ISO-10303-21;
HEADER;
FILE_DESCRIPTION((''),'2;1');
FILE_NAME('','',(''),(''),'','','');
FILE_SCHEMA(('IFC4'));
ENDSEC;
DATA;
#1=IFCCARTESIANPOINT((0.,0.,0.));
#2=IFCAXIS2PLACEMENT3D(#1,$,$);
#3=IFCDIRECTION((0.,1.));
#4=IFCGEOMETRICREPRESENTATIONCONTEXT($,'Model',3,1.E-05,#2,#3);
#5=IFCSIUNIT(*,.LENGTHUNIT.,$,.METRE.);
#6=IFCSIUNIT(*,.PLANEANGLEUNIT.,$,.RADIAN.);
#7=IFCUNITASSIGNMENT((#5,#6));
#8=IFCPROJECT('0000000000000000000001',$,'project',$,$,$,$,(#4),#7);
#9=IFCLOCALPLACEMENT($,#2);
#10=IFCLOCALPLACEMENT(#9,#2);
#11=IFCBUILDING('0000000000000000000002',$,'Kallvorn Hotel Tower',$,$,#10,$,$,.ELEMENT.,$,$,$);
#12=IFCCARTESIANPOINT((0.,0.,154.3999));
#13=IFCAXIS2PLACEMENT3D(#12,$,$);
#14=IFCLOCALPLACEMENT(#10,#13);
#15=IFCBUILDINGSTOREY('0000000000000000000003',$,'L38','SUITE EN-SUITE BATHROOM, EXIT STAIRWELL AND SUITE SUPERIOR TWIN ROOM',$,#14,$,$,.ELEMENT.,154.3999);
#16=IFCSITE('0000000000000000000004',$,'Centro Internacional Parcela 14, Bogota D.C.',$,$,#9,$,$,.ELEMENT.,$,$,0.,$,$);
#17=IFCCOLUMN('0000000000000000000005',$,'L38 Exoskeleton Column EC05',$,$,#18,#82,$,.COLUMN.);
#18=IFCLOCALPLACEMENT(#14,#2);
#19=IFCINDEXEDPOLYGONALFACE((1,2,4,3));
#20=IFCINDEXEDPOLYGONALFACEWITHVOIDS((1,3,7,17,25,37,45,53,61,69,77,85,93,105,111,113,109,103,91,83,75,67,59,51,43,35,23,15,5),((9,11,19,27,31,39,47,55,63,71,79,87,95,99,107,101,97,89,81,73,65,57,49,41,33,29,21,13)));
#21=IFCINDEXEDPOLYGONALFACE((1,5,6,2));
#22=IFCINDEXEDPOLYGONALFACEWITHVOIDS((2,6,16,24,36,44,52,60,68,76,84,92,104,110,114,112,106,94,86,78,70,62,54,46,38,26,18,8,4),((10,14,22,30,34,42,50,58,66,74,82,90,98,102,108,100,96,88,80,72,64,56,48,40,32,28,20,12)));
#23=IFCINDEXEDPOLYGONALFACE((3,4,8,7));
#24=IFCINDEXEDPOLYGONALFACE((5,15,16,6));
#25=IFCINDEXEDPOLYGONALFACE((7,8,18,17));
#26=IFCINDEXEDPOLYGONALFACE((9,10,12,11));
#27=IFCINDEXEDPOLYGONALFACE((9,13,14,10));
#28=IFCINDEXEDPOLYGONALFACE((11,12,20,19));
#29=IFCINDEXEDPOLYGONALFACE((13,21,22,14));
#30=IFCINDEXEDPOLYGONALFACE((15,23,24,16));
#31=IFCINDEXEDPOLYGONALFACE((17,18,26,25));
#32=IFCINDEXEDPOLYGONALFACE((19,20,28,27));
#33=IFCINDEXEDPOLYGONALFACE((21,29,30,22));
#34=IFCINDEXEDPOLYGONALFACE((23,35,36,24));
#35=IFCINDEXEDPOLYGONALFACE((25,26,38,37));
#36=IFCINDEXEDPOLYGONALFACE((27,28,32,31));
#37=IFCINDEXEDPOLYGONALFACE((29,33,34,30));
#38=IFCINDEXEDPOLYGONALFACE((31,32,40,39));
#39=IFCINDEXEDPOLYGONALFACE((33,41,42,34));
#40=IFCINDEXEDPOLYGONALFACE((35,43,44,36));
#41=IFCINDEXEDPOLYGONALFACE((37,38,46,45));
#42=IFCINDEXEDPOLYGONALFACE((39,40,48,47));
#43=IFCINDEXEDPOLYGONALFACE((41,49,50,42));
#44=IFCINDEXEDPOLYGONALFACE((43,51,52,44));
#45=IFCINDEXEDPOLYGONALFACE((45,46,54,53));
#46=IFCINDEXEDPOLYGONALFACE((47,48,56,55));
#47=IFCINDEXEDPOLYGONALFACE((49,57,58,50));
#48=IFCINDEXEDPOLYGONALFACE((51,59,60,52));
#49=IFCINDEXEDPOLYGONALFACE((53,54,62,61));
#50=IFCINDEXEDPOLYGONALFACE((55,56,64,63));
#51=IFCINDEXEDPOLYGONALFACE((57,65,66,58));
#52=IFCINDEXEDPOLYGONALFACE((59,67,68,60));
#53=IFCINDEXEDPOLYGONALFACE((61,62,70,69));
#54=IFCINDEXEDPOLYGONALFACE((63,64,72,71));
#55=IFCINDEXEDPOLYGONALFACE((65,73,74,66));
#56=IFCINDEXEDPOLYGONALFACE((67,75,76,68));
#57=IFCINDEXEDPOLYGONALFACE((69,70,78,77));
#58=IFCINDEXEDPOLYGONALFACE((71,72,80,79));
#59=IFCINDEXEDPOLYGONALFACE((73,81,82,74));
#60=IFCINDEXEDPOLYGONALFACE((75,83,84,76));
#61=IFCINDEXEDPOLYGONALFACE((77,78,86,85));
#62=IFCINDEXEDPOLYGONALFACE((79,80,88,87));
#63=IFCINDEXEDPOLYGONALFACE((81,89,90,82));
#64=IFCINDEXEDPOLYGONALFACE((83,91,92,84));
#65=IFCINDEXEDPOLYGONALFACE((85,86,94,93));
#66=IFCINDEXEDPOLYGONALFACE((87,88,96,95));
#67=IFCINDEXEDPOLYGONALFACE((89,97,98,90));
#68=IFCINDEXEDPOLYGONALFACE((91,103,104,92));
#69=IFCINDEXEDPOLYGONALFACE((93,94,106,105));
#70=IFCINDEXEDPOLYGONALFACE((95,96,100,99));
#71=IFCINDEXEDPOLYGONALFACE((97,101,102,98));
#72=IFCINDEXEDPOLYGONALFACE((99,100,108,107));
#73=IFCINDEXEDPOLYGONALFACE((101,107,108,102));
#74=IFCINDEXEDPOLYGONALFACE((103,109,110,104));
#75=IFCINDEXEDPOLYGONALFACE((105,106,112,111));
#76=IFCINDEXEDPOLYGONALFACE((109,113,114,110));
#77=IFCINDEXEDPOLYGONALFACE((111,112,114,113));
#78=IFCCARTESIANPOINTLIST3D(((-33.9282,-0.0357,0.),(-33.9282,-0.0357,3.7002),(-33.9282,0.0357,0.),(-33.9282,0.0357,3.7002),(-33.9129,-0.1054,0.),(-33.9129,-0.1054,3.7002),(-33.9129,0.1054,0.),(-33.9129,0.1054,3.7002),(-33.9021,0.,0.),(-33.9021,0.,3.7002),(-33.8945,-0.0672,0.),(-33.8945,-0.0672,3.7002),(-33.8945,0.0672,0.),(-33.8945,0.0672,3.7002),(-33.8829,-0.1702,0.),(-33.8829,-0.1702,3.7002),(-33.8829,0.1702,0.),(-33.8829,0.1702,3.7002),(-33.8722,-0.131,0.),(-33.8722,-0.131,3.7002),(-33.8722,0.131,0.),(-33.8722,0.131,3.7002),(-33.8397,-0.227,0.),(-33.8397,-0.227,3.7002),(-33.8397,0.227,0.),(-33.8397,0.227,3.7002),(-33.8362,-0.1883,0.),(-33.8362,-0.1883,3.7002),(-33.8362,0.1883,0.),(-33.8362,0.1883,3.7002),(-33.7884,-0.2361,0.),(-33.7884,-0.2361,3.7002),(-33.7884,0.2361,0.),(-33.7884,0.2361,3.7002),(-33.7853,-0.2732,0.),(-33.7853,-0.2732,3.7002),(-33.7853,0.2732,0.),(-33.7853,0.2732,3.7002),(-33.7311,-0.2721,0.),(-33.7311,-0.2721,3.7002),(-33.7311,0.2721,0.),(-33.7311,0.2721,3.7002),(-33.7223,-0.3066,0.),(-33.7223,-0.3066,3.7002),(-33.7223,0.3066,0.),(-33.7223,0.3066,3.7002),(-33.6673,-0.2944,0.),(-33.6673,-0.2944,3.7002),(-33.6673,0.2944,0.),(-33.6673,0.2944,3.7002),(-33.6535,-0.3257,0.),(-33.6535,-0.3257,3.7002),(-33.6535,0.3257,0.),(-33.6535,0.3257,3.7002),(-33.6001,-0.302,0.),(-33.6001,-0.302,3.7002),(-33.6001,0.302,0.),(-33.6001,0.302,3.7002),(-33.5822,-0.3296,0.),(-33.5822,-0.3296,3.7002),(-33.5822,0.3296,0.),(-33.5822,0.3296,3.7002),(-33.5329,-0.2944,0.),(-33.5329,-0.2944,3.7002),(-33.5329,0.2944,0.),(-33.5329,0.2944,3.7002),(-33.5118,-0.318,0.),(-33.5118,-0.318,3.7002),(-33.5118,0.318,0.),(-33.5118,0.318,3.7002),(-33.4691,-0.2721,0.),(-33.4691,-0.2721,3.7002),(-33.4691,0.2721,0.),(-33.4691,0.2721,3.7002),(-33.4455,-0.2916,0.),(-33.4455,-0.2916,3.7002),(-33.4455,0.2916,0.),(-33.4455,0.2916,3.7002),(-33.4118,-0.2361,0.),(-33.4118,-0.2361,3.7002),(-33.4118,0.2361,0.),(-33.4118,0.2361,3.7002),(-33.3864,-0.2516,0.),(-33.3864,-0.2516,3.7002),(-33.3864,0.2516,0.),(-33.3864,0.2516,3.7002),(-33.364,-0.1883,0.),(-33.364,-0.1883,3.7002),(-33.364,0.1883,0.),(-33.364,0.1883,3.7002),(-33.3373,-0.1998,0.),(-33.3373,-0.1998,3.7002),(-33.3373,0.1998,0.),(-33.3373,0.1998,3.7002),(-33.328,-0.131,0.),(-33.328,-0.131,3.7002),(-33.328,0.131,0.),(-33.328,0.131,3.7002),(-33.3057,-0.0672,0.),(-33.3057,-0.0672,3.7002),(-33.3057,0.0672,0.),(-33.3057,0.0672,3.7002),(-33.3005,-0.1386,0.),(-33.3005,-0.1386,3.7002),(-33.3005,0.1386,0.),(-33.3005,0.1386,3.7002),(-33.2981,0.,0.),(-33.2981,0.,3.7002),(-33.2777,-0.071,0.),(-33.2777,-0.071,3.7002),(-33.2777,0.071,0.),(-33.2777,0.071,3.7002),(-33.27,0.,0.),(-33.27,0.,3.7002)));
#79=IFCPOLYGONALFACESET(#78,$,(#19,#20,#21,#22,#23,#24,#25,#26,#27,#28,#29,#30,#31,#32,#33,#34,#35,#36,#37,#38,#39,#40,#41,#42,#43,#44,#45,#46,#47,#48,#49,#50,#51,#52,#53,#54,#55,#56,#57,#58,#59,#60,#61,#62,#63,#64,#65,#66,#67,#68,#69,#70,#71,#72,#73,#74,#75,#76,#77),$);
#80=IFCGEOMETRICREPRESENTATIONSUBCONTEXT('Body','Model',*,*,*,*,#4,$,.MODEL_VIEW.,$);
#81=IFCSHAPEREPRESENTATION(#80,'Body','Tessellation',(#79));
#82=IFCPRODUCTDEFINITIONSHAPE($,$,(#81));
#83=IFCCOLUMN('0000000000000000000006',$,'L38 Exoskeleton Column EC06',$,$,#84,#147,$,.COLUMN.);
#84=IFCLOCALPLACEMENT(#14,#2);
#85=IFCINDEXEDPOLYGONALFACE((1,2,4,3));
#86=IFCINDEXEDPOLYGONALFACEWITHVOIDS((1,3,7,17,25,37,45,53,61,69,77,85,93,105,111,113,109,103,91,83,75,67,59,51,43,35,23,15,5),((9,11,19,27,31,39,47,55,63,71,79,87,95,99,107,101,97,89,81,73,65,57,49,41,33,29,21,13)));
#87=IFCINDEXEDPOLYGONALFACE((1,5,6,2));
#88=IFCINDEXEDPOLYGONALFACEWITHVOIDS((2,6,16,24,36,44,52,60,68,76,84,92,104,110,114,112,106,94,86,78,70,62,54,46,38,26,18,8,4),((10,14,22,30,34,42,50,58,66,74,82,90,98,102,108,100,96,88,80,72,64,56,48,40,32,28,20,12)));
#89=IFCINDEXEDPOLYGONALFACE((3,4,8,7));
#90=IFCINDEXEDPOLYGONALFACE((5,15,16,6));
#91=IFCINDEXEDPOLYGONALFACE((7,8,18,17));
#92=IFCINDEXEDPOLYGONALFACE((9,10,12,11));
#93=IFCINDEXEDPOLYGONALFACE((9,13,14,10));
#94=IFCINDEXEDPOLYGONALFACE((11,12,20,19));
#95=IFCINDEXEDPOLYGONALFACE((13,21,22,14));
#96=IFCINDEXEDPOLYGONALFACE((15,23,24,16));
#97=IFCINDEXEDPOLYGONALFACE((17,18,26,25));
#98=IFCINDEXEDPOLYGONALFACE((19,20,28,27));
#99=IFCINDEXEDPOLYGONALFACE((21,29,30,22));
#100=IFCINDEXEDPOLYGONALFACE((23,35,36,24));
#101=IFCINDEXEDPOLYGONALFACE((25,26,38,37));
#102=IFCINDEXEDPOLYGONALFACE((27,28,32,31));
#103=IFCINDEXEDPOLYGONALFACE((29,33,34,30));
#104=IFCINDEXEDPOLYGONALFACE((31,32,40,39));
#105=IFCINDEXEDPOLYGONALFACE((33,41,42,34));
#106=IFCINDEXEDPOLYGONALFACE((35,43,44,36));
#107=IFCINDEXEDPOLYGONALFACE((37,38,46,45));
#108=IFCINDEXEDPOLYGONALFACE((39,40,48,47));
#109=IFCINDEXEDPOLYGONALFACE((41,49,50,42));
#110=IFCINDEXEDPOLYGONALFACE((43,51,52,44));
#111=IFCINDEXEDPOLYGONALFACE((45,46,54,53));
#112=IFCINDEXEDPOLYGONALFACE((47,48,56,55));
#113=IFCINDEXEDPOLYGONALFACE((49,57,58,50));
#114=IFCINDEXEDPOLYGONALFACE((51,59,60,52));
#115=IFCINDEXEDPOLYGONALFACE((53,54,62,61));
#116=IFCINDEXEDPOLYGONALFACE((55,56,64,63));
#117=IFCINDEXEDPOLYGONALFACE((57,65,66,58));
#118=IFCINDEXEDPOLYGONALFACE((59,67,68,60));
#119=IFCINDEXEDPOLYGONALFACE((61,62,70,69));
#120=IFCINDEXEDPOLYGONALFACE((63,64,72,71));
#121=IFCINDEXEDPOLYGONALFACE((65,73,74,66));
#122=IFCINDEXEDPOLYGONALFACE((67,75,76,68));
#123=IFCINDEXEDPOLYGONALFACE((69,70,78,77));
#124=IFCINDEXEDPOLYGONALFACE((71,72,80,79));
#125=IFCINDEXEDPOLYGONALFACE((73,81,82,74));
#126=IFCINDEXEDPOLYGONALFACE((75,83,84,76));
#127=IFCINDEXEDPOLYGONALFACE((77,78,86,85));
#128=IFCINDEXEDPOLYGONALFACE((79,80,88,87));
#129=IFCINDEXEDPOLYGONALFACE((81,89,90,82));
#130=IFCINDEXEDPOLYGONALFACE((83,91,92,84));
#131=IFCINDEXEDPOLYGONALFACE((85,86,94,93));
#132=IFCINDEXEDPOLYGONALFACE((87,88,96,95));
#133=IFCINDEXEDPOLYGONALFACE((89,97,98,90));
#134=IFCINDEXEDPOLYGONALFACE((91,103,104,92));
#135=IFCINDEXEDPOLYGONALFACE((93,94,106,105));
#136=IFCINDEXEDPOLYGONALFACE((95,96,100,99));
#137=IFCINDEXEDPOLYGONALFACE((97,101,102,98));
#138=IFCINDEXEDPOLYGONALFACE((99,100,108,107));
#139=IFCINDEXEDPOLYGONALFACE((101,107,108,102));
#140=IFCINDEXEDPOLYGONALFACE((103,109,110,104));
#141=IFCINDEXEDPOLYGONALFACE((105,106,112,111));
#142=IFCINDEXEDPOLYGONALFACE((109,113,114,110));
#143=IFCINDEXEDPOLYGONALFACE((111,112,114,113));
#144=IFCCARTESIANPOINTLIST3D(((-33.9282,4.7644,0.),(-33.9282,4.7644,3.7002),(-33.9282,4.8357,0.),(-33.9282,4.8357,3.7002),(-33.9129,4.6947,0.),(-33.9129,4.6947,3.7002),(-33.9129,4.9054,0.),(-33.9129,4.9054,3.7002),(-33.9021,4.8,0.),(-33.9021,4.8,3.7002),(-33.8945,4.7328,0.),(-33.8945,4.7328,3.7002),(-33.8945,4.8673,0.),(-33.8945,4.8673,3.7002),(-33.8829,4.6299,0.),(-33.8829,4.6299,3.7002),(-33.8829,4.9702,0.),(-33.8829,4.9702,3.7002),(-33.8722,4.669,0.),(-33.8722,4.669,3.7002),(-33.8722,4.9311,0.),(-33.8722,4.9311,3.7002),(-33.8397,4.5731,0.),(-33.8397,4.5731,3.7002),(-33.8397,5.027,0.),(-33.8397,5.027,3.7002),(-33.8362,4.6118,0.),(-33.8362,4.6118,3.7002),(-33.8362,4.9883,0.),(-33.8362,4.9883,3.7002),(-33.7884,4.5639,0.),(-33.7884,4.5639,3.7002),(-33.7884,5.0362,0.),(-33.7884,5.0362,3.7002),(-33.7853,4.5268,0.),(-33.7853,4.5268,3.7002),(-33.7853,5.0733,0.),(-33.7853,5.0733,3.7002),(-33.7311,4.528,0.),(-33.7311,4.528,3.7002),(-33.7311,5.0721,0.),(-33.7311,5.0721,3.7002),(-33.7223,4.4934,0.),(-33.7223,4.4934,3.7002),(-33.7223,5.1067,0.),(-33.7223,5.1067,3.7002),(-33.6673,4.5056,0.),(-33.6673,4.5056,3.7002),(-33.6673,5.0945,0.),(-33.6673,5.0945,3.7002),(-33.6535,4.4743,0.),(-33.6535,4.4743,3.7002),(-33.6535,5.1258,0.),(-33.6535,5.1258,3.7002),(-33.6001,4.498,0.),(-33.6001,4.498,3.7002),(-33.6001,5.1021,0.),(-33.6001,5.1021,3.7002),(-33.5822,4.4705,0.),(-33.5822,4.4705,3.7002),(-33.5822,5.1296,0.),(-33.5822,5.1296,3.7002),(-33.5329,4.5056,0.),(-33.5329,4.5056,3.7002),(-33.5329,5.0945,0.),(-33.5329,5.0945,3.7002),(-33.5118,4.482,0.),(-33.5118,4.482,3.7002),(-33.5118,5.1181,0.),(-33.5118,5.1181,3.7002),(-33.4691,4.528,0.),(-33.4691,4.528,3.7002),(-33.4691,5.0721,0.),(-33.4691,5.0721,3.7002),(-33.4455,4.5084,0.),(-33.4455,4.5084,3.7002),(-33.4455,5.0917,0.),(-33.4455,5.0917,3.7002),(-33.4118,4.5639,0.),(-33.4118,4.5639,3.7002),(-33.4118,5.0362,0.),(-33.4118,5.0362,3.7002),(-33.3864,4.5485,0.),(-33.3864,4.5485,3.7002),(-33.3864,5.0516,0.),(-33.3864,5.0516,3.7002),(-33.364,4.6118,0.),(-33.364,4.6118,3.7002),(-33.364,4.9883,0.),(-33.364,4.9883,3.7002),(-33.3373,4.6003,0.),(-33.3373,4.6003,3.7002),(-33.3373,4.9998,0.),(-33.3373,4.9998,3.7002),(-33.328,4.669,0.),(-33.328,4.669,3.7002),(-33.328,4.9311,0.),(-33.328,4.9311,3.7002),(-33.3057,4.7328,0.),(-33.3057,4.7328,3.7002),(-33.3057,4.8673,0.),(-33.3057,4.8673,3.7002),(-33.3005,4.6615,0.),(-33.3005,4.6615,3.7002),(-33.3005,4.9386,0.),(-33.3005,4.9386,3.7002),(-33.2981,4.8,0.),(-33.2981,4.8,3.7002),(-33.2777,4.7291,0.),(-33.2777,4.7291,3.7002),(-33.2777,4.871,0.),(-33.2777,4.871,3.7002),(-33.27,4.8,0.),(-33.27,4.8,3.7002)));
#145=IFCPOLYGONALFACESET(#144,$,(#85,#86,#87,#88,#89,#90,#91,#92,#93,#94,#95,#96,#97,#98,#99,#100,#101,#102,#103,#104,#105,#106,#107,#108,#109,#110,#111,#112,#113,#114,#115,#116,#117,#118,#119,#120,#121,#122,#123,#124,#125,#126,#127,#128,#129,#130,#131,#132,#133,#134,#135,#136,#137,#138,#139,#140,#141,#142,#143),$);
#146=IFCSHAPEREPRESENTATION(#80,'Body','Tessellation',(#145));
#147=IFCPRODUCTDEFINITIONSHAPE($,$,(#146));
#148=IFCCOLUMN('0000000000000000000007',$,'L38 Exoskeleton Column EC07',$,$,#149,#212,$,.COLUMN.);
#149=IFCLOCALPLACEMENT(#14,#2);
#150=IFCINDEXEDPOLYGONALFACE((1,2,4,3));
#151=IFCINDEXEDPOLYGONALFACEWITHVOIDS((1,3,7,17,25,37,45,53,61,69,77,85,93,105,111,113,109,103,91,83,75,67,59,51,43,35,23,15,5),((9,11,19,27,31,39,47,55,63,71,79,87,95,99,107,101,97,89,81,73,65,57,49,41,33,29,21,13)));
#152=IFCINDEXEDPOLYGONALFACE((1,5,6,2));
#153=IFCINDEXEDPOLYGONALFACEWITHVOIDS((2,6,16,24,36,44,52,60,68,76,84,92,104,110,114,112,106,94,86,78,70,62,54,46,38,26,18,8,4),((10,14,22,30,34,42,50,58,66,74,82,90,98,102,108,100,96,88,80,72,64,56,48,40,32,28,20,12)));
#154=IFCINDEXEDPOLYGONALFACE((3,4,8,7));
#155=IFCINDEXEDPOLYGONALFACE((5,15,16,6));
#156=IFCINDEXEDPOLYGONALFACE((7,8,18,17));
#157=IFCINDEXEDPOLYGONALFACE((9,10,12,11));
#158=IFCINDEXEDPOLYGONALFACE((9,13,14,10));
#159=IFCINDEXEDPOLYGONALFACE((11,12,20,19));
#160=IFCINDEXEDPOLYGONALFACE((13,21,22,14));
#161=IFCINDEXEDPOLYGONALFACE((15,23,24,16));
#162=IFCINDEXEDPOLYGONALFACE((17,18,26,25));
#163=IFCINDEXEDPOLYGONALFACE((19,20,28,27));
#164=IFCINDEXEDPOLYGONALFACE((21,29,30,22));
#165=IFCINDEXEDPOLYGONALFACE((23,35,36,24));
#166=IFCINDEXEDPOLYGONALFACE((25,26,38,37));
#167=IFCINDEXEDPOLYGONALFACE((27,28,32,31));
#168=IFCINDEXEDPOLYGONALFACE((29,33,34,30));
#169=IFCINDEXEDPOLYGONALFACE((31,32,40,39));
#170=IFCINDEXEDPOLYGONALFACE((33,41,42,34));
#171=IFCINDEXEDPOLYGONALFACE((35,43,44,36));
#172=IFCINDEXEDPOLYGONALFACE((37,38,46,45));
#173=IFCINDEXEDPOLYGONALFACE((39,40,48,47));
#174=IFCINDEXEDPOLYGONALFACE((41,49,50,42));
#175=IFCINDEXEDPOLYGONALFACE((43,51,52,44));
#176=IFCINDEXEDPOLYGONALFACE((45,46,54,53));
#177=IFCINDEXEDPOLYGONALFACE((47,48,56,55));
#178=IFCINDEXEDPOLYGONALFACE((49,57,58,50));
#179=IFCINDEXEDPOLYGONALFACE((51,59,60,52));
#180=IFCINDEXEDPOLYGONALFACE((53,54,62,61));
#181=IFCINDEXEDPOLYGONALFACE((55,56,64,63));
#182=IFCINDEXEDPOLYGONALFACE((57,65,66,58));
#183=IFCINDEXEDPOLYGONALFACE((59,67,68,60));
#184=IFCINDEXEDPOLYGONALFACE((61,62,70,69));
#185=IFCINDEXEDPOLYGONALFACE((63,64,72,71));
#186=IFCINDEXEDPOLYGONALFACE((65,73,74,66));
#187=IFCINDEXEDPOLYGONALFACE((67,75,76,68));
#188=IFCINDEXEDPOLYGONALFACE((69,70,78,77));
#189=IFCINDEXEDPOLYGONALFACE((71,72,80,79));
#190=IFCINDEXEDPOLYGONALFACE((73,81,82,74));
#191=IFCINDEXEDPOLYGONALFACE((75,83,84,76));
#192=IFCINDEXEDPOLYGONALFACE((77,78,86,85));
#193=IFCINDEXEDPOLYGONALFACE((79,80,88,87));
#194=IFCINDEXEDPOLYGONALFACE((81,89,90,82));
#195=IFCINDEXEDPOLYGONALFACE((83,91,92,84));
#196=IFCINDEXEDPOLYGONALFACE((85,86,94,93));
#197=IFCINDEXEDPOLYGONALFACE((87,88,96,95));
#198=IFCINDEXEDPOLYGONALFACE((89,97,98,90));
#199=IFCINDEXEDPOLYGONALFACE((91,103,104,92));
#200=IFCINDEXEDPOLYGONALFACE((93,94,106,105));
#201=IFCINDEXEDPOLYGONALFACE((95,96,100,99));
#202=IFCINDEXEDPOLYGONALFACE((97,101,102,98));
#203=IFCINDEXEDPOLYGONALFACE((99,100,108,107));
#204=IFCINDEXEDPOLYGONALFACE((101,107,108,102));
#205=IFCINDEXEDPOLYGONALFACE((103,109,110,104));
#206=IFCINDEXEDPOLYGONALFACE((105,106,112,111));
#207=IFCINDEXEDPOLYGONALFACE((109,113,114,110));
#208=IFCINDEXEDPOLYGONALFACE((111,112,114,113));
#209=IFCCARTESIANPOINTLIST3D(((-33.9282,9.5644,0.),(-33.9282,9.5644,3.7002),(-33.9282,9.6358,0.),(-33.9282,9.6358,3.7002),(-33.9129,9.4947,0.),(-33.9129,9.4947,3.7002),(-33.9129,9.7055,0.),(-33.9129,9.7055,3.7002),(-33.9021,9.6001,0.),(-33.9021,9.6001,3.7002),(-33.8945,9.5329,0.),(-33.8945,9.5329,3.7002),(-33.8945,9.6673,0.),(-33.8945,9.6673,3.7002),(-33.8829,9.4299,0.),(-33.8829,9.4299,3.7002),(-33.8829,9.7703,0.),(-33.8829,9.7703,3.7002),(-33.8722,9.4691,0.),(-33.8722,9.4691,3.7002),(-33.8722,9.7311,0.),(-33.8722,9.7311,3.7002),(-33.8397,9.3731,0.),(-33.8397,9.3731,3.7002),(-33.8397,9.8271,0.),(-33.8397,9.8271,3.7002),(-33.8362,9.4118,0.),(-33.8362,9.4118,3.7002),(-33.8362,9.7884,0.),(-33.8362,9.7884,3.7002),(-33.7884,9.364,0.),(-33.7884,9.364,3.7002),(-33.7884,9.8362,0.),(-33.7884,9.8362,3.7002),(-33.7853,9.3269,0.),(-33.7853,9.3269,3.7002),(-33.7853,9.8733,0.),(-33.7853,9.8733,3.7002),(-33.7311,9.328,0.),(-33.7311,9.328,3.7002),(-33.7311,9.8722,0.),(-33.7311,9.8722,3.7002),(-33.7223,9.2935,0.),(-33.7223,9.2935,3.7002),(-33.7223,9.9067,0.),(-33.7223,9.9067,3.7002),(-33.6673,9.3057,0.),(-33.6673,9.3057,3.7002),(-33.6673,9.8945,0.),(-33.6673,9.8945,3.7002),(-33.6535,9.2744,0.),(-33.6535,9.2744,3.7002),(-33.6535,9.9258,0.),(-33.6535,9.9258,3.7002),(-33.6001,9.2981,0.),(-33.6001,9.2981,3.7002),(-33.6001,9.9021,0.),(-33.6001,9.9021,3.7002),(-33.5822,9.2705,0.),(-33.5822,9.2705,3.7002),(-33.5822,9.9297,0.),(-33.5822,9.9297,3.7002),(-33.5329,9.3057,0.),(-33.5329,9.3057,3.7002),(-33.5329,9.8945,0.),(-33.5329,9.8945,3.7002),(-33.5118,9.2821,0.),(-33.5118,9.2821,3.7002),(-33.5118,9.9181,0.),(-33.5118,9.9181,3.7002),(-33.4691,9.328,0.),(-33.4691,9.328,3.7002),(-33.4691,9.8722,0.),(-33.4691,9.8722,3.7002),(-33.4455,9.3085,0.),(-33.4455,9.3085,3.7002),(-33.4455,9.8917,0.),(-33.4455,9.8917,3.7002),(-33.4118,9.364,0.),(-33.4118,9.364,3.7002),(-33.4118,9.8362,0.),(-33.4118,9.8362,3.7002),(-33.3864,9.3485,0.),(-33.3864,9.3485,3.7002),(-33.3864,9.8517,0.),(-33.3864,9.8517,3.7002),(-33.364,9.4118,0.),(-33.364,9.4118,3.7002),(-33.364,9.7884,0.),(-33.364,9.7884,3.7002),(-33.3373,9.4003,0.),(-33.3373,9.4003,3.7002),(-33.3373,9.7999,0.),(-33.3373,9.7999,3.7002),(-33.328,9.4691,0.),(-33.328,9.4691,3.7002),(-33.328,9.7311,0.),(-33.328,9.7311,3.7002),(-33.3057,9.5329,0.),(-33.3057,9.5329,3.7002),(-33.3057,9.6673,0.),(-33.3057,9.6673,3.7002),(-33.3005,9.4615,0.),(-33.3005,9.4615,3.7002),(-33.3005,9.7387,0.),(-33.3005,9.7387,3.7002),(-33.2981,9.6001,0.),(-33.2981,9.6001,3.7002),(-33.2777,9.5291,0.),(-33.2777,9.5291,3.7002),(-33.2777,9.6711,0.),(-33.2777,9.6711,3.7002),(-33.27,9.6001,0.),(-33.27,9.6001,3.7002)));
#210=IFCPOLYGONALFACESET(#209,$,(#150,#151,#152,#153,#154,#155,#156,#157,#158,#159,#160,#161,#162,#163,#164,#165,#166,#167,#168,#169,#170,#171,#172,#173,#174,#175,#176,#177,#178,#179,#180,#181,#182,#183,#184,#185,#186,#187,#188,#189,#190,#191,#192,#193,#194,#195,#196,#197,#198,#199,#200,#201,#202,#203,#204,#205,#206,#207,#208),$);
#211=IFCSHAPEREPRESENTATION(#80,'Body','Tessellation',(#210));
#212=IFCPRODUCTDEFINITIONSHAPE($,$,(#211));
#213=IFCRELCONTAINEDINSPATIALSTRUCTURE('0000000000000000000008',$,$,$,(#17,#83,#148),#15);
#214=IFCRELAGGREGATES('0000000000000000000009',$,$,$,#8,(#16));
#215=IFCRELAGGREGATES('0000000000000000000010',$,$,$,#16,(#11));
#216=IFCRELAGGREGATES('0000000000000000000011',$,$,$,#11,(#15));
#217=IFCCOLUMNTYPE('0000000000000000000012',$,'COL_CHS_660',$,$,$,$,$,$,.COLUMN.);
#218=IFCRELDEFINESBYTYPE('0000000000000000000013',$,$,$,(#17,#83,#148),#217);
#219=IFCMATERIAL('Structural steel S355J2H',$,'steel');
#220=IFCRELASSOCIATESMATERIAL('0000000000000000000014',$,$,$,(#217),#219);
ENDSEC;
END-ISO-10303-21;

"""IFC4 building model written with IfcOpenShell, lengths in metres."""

from ifc_helpers import new_model, si_unit, direction, frame, origin, origin_2d, place, context, subcontext, project, spatial, hollow_circle, extrude, material, material_profile, profile_set, type_object, element, save


model = new_model("IFC4")

# Units and contexts
model_context = context("Model", 3, precision=1e-05, world=origin(), true_north=direction((0.0, 1.0)))
body_context = subcontext(model_context, "Body", "Model", "MODEL_VIEW")
ifc_project = project(units=[si_unit("LENGTHUNIT", "METRE"), si_unit("PLANEANGLEUNIT", "RADIAN")], contexts=[model_context])

# Site, building, storey
site_placement = place(None, origin())
site = spatial("IfcSite", under=ifc_project, at=site_placement, Name="Centro Internacional Parcela 14, Bogota D.C.", CompositionType="ELEMENT", RefElevation=0.0)
building_placement = place(site_placement, origin())
building = spatial("IfcBuilding", under=site, at=building_placement, Name="Kallvorn Hotel Tower", CompositionType="ELEMENT")
storey_placement = place(building_placement, frame((0.0, 0.0, 154.3999)))
storey = spatial("IfcBuildingStorey", under=building, at=storey_placement, Name="L38", Description="SUITE EN-SUITE BATHROOM, EXIT STAIRWELL AND SUITE SUPERIOR TWIN ROOM", CompositionType="ELEMENT", Elevation=154.3999)

# Columns
ifc_material_1 = material(Name="Structural steel S355J2H", Category="steel")
ifc_material_profile_1 = material_profile(ifc_material_1, hollow_circle(Radius=0.3301, WallThickness=0.0281, at=origin_2d()), Name="CHS 660x28")
ifc_profile_set_1 = profile_set([ifc_material_profile_1], Name="Structural steel S355J2H")
column_type_1 = type_object("IfcColumnType", Name="COL_CHS_660", PredefinedType="COLUMN", material=ifc_profile_set_1)
for number, where, z_axis, x_axis, name in (
    (1, (-33.6001, 0.0, 0.0), (0.0, 0.0, 1.0), (1.0, 0.0, 0.0), "L38 Exoskeleton Column EC05"),
    (2, (-33.6001, 4.8, 0.0), (0.0, 0.0, 1.0), (1.0, 0.0, 0.0), "L38 Exoskeleton Column EC06"),
    (3, (-33.6001, 9.6001, 0.0), (0.0, 0.0, 1.0), (1.0, 0.0, 0.0), "L38 Exoskeleton Column EC07"),
):
    element("IfcColumn", number, at=place(storey_placement, frame(where, z_axis=z_axis, x_axis=x_axis)), inside=storey, type_object=column_type_1, Name=name, PredefinedType="COLUMN", context=body_context, shape_type="SweptSolid", body=[
        extrude(hollow_circle(Radius=0.3301, WallThickness=0.0281, at=origin_2d()), origin(), (0.0, 0.0, 1.0), 3.7002),
    ])

save(model, "model.ifc")
